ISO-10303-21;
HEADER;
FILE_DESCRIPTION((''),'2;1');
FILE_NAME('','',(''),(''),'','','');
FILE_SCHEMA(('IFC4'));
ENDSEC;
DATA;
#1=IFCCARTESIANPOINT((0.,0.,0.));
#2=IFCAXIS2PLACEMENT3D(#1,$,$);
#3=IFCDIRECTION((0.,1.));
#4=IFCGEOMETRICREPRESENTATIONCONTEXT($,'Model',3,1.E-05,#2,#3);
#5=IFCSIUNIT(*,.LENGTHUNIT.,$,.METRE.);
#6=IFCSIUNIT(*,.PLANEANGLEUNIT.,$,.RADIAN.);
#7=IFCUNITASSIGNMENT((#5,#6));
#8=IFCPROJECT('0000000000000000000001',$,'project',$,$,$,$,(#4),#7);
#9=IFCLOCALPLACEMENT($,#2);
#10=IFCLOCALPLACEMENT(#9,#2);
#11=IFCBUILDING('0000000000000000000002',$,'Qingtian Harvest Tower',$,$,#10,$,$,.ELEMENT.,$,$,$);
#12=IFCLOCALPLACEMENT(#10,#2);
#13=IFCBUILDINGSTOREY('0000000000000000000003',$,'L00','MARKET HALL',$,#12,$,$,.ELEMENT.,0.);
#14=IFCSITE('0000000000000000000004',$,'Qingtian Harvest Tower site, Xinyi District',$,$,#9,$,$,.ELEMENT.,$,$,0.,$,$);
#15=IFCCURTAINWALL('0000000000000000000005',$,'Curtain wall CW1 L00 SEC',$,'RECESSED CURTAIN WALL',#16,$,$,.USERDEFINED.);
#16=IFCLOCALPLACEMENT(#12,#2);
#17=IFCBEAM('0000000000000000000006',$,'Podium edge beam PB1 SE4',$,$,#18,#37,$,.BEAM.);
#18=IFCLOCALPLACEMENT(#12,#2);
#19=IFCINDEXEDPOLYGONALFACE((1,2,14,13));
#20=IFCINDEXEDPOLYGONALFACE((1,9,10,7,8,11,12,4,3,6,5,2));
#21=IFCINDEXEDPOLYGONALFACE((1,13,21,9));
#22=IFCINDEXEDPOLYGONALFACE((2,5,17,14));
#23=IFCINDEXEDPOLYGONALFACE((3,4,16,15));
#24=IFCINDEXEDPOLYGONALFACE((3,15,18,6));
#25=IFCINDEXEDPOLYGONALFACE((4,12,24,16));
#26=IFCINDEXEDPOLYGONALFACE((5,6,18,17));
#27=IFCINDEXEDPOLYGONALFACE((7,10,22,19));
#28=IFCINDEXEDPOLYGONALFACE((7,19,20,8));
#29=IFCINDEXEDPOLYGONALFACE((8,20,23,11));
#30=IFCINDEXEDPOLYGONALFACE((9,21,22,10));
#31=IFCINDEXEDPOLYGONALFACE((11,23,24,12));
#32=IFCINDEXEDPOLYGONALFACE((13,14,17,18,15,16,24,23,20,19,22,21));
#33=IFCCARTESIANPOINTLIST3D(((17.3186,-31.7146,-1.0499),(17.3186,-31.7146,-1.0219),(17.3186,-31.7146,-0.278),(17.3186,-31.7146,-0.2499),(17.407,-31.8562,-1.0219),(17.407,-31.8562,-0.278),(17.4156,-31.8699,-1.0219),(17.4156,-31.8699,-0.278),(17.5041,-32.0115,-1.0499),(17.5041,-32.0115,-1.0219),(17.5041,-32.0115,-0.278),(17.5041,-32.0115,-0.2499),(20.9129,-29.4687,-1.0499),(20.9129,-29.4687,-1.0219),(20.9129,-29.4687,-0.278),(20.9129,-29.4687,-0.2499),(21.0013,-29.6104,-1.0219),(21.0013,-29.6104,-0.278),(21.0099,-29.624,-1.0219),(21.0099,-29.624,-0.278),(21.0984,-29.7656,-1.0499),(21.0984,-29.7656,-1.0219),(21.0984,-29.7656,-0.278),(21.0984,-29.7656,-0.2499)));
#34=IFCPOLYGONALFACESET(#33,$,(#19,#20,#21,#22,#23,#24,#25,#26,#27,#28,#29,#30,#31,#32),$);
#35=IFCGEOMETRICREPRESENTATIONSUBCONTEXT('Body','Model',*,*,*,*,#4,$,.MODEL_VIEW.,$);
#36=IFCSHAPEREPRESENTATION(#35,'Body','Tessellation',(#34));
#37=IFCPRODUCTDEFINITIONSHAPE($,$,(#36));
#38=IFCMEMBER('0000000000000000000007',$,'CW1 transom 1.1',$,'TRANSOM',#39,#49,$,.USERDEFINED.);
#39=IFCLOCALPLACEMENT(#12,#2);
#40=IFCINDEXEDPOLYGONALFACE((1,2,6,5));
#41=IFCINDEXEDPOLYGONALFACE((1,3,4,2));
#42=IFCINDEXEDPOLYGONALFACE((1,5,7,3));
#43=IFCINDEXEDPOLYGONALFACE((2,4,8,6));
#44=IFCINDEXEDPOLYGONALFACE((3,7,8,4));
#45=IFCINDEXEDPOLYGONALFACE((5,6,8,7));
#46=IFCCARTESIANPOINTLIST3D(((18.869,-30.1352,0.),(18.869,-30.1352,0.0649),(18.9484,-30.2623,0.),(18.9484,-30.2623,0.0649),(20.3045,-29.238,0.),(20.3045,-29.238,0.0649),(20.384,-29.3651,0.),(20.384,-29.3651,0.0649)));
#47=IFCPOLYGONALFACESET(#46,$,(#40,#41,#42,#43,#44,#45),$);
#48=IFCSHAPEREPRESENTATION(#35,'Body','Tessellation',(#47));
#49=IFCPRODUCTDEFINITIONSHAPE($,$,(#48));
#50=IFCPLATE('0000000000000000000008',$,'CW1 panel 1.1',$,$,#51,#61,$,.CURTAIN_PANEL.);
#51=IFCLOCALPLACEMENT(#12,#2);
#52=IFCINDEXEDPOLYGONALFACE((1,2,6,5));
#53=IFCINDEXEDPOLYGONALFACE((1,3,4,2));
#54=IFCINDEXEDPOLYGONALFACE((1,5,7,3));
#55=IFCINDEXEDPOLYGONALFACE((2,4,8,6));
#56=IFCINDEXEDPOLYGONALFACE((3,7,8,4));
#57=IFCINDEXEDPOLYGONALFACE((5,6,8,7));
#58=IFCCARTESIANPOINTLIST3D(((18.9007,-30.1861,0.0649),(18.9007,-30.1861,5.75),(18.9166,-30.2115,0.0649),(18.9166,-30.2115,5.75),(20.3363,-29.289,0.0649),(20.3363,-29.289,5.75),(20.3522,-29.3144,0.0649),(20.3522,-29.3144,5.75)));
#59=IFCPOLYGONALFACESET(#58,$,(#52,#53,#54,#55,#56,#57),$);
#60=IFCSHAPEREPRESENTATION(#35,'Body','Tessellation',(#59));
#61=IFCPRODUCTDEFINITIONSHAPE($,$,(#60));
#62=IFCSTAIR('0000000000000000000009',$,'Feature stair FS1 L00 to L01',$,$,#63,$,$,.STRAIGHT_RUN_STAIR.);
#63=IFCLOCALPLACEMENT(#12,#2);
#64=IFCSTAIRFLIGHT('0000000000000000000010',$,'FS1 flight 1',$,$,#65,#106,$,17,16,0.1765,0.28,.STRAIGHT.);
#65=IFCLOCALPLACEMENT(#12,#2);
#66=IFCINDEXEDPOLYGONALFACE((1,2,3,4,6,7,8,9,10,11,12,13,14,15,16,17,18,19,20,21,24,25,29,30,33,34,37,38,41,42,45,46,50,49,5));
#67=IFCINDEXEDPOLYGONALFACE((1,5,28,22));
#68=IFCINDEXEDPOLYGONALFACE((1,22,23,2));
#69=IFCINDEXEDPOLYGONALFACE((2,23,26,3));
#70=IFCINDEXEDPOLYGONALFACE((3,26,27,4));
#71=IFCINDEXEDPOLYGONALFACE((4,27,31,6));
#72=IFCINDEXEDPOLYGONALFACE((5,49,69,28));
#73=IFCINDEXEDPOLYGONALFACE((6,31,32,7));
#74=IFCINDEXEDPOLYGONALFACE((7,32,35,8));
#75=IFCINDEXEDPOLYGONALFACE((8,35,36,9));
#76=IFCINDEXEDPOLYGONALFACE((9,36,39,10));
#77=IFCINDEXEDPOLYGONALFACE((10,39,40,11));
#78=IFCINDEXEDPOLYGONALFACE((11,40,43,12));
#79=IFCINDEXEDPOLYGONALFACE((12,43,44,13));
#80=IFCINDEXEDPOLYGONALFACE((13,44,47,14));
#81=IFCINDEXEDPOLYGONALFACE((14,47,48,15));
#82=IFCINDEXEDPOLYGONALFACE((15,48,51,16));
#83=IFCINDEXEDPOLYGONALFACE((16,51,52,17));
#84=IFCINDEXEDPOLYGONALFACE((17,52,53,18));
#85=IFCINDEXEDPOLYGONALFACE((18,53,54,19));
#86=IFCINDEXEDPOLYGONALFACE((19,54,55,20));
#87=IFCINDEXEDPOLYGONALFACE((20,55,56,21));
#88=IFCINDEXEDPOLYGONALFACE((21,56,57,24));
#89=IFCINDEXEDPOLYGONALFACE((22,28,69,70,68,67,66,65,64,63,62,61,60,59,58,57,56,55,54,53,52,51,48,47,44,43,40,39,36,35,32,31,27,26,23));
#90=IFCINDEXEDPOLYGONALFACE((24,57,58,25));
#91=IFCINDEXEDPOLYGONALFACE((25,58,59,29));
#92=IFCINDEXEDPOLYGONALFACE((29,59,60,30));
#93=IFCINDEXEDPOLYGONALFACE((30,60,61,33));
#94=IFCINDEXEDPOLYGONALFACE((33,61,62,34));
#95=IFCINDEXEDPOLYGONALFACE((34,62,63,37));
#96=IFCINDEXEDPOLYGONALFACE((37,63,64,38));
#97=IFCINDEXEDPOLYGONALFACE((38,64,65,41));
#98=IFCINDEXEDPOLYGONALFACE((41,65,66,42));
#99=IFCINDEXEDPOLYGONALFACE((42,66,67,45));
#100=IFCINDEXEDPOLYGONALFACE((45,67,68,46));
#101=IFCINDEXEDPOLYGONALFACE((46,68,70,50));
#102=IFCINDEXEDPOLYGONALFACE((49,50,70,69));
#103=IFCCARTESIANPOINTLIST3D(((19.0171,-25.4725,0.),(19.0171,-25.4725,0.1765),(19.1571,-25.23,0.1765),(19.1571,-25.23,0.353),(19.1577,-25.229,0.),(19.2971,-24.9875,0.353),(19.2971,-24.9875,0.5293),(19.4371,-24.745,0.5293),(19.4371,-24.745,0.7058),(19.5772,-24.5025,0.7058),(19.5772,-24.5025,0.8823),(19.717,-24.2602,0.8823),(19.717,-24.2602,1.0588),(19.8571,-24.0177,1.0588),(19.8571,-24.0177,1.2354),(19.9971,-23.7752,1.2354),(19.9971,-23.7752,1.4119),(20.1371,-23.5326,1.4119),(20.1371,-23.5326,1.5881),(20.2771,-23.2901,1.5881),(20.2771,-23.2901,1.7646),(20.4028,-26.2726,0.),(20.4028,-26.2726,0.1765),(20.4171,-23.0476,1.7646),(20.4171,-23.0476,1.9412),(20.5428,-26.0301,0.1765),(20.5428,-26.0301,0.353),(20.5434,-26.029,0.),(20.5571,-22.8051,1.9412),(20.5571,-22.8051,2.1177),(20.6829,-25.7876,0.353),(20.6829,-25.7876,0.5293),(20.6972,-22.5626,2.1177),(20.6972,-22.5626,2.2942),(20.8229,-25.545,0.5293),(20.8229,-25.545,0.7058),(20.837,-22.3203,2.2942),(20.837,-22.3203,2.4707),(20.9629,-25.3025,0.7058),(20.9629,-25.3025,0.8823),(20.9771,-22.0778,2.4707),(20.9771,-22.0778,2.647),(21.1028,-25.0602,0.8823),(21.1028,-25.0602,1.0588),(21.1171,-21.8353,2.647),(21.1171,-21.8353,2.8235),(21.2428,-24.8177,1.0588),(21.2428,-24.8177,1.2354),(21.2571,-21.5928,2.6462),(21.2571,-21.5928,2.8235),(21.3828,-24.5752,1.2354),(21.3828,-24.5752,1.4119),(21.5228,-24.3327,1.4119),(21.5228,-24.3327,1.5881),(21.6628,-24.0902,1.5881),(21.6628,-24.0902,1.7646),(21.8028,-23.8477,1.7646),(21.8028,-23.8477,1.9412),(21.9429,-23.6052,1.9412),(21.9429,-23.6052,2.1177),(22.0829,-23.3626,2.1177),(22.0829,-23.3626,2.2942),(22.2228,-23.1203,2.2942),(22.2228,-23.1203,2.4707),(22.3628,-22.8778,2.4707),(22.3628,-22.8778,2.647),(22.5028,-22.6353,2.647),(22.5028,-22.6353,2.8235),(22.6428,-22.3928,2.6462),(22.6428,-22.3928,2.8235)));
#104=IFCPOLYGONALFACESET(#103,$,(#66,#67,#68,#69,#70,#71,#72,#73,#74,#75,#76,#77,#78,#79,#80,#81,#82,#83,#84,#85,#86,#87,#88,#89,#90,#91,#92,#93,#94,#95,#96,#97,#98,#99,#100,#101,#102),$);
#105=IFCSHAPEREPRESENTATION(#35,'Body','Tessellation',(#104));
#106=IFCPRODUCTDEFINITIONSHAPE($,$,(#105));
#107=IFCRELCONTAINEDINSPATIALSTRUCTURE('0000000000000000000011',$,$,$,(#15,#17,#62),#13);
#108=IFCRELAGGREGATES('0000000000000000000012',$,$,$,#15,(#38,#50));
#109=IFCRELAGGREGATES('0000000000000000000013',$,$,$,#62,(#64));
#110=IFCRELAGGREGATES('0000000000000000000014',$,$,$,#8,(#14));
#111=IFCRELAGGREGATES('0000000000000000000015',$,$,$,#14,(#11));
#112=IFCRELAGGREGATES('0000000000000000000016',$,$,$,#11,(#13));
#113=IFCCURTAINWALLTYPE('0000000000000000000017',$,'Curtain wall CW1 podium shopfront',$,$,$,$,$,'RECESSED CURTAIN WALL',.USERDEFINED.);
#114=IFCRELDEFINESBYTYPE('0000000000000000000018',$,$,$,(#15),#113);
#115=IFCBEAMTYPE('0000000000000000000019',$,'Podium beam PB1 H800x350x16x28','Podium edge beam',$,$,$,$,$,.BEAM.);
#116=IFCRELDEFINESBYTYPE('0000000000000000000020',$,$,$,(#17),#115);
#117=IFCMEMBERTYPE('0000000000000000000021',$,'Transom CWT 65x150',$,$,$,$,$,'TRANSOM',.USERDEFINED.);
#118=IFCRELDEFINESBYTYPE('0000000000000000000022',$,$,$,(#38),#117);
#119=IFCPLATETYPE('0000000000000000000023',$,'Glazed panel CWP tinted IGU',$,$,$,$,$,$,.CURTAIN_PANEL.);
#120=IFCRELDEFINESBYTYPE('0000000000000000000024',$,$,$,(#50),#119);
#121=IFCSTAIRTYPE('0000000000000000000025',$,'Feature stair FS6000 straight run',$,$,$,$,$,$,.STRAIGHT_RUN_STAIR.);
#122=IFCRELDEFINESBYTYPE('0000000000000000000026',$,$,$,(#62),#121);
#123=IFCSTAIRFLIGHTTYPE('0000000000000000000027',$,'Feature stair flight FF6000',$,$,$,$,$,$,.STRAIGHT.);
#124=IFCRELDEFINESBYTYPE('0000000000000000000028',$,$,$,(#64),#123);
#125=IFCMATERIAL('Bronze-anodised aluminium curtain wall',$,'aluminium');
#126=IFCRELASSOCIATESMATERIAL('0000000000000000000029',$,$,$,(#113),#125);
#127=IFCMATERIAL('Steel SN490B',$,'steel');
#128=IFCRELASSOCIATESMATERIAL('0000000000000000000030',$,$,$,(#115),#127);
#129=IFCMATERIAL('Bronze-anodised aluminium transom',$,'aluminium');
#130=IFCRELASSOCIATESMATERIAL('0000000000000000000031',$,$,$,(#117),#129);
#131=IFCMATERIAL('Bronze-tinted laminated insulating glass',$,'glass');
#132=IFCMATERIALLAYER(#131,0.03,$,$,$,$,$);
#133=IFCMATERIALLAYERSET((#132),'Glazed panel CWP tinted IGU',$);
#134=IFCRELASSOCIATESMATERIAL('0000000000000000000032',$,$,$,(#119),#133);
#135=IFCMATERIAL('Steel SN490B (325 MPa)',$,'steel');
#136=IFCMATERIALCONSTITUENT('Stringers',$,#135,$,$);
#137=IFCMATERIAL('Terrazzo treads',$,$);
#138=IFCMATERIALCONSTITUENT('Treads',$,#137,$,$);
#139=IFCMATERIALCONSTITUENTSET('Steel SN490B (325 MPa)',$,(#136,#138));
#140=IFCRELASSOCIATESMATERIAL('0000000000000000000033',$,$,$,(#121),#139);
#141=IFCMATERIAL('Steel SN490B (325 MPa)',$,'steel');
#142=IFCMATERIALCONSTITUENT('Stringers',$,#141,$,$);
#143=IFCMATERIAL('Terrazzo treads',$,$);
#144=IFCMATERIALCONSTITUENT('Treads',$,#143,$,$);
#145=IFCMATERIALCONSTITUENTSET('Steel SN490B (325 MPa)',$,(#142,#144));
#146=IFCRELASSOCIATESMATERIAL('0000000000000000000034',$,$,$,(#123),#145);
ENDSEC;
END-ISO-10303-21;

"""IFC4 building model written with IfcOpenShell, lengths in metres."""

from ifc_helpers import new_model, si_unit, direction, frame, origin, origin_2d, place, context, subcontext, project, spatial, polyline, rectangle, i_section, outline, extrude, material, layer, layer_set, constituent, constituent_set, material_profile, profile_set, type_object, element, aggregate, save


model = new_model("IFC4")

# Units and contexts
model_context = context("Model", 3, precision=1e-05, world=origin(), true_north=direction((0.0, 1.0)))
body_context = subcontext(model_context, "Body", "Model", "MODEL_VIEW")
ifc_project = project(units=[si_unit("LENGTHUNIT", "METRE"), si_unit("PLANEANGLEUNIT", "RADIAN")], contexts=[model_context])

# Site, building, storey
site_placement = place(None, origin())
site = spatial("IfcSite", under=ifc_project, at=site_placement, Name="Qingtian Harvest Tower site, Xinyi District", CompositionType="ELEMENT", RefElevation=0.0)
building_placement = place(site_placement, origin())
building = spatial("IfcBuilding", under=site, at=building_placement, Name="Qingtian Harvest Tower", CompositionType="ELEMENT")
storey_placement = place(building_placement, origin())
storey = spatial("IfcBuildingStorey", under=building, at=storey_placement, Name="L00", Description="MARKET HALL", CompositionType="ELEMENT", Elevation=0.0)

# Curtain wall
ifc_material_1 = material(Name="Bronze-anodised aluminium curtain wall", Category="aluminium")
curtain_wall_type = type_object("IfcCurtainWallType", Name="Curtain wall CW1 podium shopfront", ElementType="RECESSED CURTAIN WALL", PredefinedType="USERDEFINED", material=ifc_material_1)
curtain_wall_placement = place(storey_placement, origin())
curtain_wall = element("IfcCurtainWall", 1, at=curtain_wall_placement, inside=storey, type_object=curtain_wall_type, Name="Curtain wall CW1 L00 SEC", ObjectType="RECESSED CURTAIN WALL", PredefinedType="USERDEFINED")

# Beam
ifc_material_2 = material(Name="Steel SN490B", Category="steel")
ifc_material_profile_1 = material_profile(ifc_material_2, i_section(OverallWidth=0.3501, OverallDepth=0.8, WebThickness=0.0161, FlangeThickness=0.0281, at=origin_2d()), Name="H800x350x16x28")
ifc_profile_set_1 = profile_set([ifc_material_profile_1], Name="Steel SN490B")
beam_type_1 = type_object("IfcBeamType", Name="Podium beam PB1 H800x350x16x28", Description="Podium edge beam", PredefinedType="BEAM", material=ifc_profile_set_1)
beam_1_placement = place(storey_placement, frame((21.0056, -29.6172, -0.6499), z_axis=(-0.848057, -0.529906, 0.0), x_axis=(0.529906, -0.848057, 0.0)))
element("IfcBeam", 2, at=beam_1_placement, inside=storey, type_object=beam_type_1, Name="Podium edge beam PB1 SE4", PredefinedType="BEAM", context=body_context, shape_type="SweptSolid", body=[
    extrude(i_section(OverallWidth=0.3501, OverallDepth=0.8, WebThickness=0.0161, FlangeThickness=0.0281, at=origin_2d()), origin(), (0.0, 0.0, 1.0), 4.2383),
])

# Member
ifc_material_3 = material(Name="Bronze-anodised aluminium transom", Category="aluminium")
ifc_material_profile_2 = material_profile(ifc_material_3, rectangle(XDim=0.1499, YDim=0.0649, at=origin_2d()), Name="AL 65x150")
ifc_profile_set_2 = profile_set([ifc_material_profile_2], Name="Bronze-anodised aluminium transom")
member_type_1 = type_object("IfcMemberType", Name="Transom CWT 65x150", ElementType="TRANSOM", PredefinedType="USERDEFINED", material=ifc_profile_set_2)
member_1_placement = place(storey_placement, frame((20.3442, -29.3015, 0.0325), z_axis=(-0.847998, -0.529999, 0.0), x_axis=(0.529999, -0.847998, 0.0)))
member_1 = element("IfcMember", 3, at=member_1_placement, type_object=member_type_1, Name="CW1 transom 1.1", ObjectType="TRANSOM", PredefinedType="USERDEFINED", context=body_context, shape_type="SweptSolid", body=[
    extrude(rectangle(XDim=0.1499, YDim=0.0649, at=origin_2d()), origin(), (0.0, 0.0, 1.0), 1.6929),
])

# Plate
ifc_material_4 = material(Name="Bronze-tinted laminated insulating glass", Category="glass")
ifc_layer = layer(ifc_material_4, 0.03)
ifc_layer_set = layer_set([ifc_layer], Name="Glazed panel CWP tinted IGU")
plate_type = type_object("IfcPlateType", Name="Glazed panel CWP tinted IGU", PredefinedType="CURTAIN_PANEL", material=ifc_layer_set)
plate_placement = place(storey_placement, frame((19.6265, -29.7502, 0.0649), z_axis=(0.0, 0.0, 1.0), x_axis=(-0.848048, -0.529919, 0.0)))
plate = element("IfcPlate", 4, at=plate_placement, type_object=plate_type, Name="CW1 panel 1.1", PredefinedType="CURTAIN_PANEL", context=body_context, shape_type="SweptSolid", body=[
    extrude(rectangle(XDim=1.6929, YDim=0.03, at=origin_2d()), origin(), (0.0, 0.0, 1.0), 5.6851),
])
aggregate(curtain_wall, [member_1, plate])

# Stair, stair flight
ifc_material_5 = material(Name="Steel SN490B (325 MPa)", Category="steel")
ifc_constituent_1 = constituent(ifc_material_5, Name="Stringers")
ifc_material_6 = material(Name="Terrazzo treads")
ifc_constituent_2 = constituent(ifc_material_6, Name="Treads")
ifc_constituent_set_1 = constituent_set(constituents=[ifc_constituent_1, ifc_constituent_2], Name="Steel SN490B (325 MPa)")
stair_type = type_object("IfcStairType", Name="Feature stair FS6000 straight run", PredefinedType="STRAIGHT_RUN_STAIR", material=ifc_constituent_set_1)
stair_placement = place(storey_placement, origin())
stair = element("IfcStair", 5, at=stair_placement, inside=storey, type_object=stair_type, Name="Feature stair FS1 L00 to L01", PredefinedType="STRAIGHT_RUN_STAIR")
ifc_material_7 = material(Name="Steel SN490B (325 MPa)", Category="steel")
ifc_constituent_3 = constituent(ifc_material_7, Name="Stringers")
ifc_material_8 = material(Name="Terrazzo treads")
ifc_constituent_4 = constituent(ifc_material_8, Name="Treads")
ifc_constituent_set_2 = constituent_set(constituents=[ifc_constituent_3, ifc_constituent_4], Name="Steel SN490B (325 MPa)")
stair_flight_type = type_object("IfcStairFlightType", Name="Feature stair flight FF6000", PredefinedType="STRAIGHT", material=ifc_constituent_set_2)
stair_flight_placement = place(storey_placement, frame((19.71, -25.8726, 0.0), z_axis=(0.0, 0.0, 1.0), x_axis=(0.5, 0.866025, 0.0)))
stair_flight = element("IfcStairFlight", 6, at=stair_flight_placement, type_object=stair_flight_type, Name="FS1 flight 1", NumberOfRisers=17, NumberOfTreads=16, PredefinedType="STRAIGHT", RiserHeight=0.1765, TreadLength=0.28, context=body_context, shape_type="SweptSolid", body=[
    extrude(outline(polyline([(0.0, 0.0), (0.0, 0.1765), (0.28, 0.1765), (0.28, 0.353), (0.5601, 0.353), (0.5601, 0.5293), (0.8401, 0.5293), (0.8401, 0.7058), (1.1201, 0.7058), (1.1201, 0.8823), (1.3999, 0.8823), (1.3999, 1.0588), (1.6799, 1.0588), (1.6799, 1.2354), (1.96, 1.2354), (1.96, 1.4119), (2.24, 1.4119), (2.24, 1.5881), (2.52, 1.5881), (2.52, 1.7646), (2.8, 1.7646), (2.8, 1.9412), (3.0801, 1.9412), (3.0801, 2.1177), (3.3601, 2.1177), (3.3601, 2.2942), (3.6399, 2.2942), (3.6399, 2.4707), (3.9199, 2.4707), (3.9199, 2.647), (4.2, 2.647), (4.2, 2.8235), (4.48, 2.8235), (4.48, 3.0), (4.48, 2.6462), (0.2812, 0.0), (0.0, 0.0)])), frame((0.0, 0.8, 0.0), z_axis=(0.0, -1.0, 0.0), x_axis=(1.0, 0.0, 0.0)), (0.0, 0.0, 1.0), 1.6001),
])
aggregate(stair, [stair_flight])

save(model, "model.ifc")
